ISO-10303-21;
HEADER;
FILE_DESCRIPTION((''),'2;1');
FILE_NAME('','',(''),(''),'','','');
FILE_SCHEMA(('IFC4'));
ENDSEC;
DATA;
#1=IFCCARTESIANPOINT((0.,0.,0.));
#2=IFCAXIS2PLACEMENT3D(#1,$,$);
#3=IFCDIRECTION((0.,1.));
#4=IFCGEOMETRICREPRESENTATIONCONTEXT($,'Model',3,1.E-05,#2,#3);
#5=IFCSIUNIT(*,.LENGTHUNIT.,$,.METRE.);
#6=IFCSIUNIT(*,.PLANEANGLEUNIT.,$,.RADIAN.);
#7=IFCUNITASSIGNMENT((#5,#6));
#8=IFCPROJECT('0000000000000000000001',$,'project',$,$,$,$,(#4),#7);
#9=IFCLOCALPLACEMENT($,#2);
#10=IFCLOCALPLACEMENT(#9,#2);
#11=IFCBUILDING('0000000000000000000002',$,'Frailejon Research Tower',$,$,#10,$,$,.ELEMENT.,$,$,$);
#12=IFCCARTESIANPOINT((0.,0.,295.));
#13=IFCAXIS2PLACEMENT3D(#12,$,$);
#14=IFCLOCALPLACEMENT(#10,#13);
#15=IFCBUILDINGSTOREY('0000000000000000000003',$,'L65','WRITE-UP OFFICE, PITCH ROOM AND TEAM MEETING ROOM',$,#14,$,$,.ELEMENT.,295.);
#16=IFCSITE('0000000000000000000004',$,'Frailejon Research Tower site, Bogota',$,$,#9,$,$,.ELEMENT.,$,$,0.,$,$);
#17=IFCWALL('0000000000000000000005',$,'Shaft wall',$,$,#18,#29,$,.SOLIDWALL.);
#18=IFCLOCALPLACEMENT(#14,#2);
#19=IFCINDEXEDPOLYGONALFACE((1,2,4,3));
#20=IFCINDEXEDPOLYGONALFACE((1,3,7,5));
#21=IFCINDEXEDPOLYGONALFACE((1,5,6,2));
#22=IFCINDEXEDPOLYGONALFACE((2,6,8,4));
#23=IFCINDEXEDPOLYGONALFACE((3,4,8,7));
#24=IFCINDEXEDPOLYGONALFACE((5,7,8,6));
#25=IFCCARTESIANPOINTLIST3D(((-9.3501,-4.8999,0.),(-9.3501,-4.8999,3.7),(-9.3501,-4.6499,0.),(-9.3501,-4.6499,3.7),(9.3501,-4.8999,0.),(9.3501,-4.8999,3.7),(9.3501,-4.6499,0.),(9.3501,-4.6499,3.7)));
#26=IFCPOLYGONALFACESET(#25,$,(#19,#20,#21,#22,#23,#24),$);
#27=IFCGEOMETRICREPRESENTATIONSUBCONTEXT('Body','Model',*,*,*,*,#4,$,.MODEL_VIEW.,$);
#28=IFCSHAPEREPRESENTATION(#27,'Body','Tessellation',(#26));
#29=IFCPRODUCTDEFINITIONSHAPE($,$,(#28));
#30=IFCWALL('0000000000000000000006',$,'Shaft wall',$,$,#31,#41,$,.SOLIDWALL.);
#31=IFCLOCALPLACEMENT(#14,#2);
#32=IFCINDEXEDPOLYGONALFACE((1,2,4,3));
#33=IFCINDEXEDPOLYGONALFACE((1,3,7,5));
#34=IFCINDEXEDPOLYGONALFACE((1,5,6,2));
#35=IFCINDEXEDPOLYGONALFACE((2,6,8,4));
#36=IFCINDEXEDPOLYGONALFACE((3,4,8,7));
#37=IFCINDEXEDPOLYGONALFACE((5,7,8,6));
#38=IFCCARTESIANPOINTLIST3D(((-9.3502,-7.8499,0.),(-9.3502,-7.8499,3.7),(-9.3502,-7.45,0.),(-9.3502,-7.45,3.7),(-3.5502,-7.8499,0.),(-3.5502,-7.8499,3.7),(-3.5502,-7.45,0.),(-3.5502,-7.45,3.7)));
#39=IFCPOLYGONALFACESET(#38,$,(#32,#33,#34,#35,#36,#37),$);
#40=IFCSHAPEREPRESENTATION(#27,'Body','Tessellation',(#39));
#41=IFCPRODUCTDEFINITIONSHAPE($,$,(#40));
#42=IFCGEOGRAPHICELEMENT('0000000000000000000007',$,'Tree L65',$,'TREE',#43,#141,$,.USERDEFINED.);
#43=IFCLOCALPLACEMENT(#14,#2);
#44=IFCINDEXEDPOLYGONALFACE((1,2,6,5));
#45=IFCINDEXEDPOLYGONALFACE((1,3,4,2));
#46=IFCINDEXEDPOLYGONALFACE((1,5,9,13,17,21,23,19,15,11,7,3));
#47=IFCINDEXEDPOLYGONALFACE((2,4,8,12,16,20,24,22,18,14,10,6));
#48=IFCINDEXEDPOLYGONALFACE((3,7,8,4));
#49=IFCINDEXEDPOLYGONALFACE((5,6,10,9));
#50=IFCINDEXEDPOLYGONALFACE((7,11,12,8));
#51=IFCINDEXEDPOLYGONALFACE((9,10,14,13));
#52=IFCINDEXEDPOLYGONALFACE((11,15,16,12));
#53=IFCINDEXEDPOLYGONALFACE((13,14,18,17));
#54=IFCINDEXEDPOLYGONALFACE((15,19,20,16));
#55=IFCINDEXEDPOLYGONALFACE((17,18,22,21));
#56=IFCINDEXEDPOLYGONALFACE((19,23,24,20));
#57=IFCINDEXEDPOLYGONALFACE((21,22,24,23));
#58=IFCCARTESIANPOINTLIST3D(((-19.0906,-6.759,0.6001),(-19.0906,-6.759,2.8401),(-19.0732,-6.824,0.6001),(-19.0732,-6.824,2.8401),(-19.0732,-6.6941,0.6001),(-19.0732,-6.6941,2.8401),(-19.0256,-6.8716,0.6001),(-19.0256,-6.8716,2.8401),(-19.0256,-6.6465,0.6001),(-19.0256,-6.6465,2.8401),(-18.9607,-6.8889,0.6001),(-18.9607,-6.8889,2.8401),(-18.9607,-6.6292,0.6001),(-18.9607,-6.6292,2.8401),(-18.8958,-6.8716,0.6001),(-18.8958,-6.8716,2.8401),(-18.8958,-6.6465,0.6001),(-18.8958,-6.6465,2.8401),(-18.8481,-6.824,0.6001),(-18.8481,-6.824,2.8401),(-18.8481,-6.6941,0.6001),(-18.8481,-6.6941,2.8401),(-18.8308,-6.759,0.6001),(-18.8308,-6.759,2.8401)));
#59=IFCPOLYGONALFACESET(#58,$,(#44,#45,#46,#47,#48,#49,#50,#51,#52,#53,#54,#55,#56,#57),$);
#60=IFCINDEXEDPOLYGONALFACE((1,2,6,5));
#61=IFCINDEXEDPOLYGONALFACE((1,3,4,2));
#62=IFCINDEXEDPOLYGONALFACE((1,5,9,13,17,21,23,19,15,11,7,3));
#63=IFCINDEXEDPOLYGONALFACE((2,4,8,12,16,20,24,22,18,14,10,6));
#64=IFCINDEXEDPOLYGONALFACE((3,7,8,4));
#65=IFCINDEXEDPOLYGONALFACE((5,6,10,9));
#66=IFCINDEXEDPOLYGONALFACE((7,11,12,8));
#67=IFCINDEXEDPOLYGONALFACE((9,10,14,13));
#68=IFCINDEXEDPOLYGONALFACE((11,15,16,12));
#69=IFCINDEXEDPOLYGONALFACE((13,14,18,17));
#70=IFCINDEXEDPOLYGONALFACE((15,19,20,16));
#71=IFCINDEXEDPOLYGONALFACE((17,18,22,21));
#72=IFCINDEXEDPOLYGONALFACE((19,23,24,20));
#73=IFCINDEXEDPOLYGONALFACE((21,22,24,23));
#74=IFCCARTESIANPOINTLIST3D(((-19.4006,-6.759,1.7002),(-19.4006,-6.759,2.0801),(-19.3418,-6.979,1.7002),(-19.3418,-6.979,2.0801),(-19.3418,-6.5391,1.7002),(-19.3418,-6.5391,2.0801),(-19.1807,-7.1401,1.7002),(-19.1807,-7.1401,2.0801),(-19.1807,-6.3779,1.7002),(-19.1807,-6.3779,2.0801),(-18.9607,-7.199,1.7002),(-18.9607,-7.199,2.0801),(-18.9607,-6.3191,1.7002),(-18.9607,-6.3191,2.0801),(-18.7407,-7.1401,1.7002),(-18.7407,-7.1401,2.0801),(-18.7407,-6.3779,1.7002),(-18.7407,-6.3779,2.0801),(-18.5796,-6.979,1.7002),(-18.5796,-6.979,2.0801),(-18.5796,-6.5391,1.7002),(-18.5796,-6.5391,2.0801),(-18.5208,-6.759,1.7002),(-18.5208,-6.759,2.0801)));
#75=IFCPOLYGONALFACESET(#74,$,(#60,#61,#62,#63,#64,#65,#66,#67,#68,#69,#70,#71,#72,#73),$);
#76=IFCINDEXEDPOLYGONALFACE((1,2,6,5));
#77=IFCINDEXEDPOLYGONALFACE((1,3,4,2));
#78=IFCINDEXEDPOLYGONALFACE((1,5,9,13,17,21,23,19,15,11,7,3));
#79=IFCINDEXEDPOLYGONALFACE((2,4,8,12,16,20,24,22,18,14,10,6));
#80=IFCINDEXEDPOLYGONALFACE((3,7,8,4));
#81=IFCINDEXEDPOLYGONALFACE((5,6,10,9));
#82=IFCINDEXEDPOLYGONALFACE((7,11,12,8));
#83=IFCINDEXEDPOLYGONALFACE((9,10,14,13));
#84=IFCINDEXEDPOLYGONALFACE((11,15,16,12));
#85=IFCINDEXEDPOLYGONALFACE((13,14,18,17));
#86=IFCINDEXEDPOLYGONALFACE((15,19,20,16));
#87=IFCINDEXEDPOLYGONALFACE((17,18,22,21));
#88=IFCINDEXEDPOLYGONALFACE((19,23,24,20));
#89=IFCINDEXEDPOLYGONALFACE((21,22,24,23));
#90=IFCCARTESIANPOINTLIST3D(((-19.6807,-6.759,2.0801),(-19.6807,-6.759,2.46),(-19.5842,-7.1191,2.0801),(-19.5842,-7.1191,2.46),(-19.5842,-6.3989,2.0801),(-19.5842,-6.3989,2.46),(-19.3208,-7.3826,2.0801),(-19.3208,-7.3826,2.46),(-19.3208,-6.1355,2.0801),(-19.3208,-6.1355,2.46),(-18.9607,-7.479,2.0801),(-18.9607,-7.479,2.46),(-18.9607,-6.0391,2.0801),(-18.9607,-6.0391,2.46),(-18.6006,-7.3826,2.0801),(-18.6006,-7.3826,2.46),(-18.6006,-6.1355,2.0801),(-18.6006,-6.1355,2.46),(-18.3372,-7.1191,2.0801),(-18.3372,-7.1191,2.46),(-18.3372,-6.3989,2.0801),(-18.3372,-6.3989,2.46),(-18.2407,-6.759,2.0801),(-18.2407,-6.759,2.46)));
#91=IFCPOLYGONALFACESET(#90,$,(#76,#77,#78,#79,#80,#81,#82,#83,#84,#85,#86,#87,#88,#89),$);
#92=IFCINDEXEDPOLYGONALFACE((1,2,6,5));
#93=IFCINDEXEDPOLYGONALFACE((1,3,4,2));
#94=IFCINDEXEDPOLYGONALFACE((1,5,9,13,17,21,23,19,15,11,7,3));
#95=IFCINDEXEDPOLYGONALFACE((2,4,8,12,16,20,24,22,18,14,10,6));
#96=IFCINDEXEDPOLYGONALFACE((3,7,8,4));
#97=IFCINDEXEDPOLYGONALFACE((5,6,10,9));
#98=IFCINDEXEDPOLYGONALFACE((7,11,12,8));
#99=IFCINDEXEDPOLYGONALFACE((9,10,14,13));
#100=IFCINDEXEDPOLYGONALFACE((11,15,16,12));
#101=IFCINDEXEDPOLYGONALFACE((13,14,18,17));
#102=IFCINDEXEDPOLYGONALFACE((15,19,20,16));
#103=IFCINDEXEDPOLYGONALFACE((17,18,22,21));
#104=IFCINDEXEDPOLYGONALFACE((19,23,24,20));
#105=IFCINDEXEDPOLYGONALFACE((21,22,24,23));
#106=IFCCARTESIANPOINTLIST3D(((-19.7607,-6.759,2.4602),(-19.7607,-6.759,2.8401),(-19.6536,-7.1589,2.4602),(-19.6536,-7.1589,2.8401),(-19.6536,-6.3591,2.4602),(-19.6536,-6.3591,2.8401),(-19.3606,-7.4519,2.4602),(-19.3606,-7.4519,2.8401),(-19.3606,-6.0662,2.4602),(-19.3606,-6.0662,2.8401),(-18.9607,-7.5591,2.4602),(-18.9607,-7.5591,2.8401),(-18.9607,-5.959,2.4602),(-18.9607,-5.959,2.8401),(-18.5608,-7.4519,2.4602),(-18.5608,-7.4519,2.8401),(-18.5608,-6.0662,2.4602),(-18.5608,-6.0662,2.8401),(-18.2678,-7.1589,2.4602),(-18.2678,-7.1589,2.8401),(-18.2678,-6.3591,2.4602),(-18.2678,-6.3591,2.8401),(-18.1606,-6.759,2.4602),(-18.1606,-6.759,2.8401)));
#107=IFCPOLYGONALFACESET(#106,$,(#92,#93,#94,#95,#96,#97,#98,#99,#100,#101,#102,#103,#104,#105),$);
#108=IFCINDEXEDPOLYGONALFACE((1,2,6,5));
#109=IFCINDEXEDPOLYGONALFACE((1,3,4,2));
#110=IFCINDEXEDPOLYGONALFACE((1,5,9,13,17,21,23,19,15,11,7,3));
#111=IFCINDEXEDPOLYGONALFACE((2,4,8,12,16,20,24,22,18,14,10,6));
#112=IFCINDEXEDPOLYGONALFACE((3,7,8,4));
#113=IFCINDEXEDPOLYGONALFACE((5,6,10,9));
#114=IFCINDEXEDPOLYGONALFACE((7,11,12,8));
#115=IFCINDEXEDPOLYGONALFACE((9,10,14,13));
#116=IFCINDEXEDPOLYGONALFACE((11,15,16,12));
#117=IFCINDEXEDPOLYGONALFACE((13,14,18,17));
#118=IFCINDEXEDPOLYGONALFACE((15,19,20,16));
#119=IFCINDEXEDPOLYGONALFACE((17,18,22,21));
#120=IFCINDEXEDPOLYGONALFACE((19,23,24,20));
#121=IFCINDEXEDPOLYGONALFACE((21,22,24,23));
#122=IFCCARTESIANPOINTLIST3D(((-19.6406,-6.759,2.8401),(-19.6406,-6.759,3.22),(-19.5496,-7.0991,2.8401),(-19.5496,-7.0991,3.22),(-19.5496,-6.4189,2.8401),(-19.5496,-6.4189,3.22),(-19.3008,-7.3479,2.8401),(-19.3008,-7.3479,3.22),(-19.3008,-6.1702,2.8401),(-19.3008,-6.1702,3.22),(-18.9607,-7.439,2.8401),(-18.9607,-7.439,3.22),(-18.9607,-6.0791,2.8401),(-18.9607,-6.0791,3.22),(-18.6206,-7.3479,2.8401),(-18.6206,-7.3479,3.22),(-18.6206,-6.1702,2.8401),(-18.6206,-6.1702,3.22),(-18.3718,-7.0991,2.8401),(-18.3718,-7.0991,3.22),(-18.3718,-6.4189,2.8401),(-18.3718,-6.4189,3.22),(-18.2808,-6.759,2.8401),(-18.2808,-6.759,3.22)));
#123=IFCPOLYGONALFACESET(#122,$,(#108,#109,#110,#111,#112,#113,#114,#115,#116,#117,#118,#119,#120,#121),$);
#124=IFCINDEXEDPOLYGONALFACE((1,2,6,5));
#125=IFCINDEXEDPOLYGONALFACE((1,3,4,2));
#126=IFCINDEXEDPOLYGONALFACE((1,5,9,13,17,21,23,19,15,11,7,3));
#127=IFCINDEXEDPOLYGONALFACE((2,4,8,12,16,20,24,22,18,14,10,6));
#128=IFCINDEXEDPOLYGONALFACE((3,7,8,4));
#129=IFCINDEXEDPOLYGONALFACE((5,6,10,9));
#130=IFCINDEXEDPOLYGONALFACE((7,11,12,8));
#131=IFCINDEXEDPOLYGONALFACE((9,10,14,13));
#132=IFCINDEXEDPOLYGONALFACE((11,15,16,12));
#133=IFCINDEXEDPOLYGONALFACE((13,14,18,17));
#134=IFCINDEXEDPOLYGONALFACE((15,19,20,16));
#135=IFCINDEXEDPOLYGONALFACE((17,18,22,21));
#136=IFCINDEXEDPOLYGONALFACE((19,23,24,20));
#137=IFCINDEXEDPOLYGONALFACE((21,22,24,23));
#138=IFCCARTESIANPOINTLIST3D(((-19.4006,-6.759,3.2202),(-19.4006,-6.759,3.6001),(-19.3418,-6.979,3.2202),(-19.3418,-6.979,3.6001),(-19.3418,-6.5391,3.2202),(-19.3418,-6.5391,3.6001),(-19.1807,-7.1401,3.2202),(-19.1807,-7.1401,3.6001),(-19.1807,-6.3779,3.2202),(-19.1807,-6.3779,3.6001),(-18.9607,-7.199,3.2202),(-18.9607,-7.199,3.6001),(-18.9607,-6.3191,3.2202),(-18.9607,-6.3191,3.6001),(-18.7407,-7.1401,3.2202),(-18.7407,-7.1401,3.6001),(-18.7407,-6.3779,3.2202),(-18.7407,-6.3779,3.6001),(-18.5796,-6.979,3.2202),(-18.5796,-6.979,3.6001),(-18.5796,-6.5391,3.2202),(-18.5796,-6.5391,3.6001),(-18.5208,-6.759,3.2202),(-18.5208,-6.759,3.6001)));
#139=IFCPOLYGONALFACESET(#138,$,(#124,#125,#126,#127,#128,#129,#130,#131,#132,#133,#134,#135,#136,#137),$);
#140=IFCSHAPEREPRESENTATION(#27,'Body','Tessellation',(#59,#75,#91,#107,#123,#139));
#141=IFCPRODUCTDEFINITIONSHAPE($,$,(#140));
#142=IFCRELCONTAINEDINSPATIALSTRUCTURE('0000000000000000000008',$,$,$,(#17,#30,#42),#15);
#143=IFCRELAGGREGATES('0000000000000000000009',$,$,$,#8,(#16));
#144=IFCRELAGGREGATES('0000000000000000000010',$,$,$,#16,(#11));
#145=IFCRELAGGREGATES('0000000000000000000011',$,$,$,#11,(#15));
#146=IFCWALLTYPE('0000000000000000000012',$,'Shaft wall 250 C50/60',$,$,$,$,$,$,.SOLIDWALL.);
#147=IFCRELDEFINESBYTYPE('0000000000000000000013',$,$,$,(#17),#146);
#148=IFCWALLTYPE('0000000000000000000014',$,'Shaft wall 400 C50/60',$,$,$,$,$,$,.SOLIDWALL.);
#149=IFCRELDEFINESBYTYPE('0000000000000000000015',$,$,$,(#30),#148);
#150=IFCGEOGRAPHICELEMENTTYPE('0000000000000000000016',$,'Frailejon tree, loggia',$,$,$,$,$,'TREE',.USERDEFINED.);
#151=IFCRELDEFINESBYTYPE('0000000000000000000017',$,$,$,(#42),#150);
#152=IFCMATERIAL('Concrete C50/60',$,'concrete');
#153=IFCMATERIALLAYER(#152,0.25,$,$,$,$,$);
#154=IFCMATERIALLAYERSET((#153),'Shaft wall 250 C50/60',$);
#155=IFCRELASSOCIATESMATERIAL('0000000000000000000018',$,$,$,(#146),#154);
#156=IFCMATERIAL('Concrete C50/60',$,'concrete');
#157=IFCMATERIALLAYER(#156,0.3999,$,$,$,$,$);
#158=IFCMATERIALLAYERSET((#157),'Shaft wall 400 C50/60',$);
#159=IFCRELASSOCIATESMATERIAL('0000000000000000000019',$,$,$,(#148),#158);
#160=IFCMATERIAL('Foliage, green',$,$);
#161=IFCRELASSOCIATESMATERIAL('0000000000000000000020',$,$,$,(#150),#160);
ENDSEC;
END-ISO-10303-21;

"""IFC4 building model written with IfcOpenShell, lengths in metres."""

from ifc_helpers import new_model, si_unit, direction, frame, frame_2d, origin, place, context, subcontext, project, spatial, polyline, rectangle, outline, extrude, material, layer, layer_set, type_object, element, save


model = new_model("IFC4")

# Units and contexts
model_context = context("Model", 3, precision=1e-05, world=origin(), true_north=direction((0.0, 1.0)))
body_context = subcontext(model_context, "Body", "Model", "MODEL_VIEW")
ifc_project = project(units=[si_unit("LENGTHUNIT", "METRE"), si_unit("PLANEANGLEUNIT", "RADIAN")], contexts=[model_context])

# Site, building, storey
site_placement = place(None, origin())
site = spatial("IfcSite", under=ifc_project, at=site_placement, Name="Frailejon Research Tower site, Bogota", CompositionType="ELEMENT", RefElevation=0.0)
building_placement = place(site_placement, origin())
building = spatial("IfcBuilding", under=site, at=building_placement, Name="Frailejon Research Tower", CompositionType="ELEMENT")
storey_placement = place(building_placement, frame((0.0, 0.0, 295.0)))
storey = spatial("IfcBuildingStorey", under=building, at=storey_placement, Name="L65", Description="WRITE-UP OFFICE, PITCH ROOM AND TEAM MEETING ROOM", CompositionType="ELEMENT", Elevation=295.0)

# Shared definitions
ifc_material_1 = material(Name="Concrete C50/60", Category="concrete")
ifc_layer_1 = layer(ifc_material_1, 0.25)
ifc_layer_set_1 = layer_set([ifc_layer_1], Name="Shaft wall 250 C50/60")
wall_type_1 = type_object("IfcWallType", Name="Shaft wall 250 C50/60", PredefinedType="SOLIDWALL", material=ifc_layer_set_1)

# Walls
wall_1_placement = place(storey_placement, frame((-9.3501, -4.7749, 0.0), z_axis=(0.0, 0.0, 1.0), x_axis=(1.0, 0.0, 0.0)))
element("IfcWall", 1, at=wall_1_placement, inside=storey, type_object=wall_type_1, Name="Shaft wall", PredefinedType="SOLIDWALL", context=body_context, shape_type="SweptSolid", body=[
    extrude(rectangle(XDim=18.7002, YDim=0.25, at=frame_2d((9.3501, 0.0))), origin(), (0.0, 0.0, 1.0), 3.7),
])
ifc_material_2 = material(Name="Concrete C50/60", Category="concrete")
ifc_layer_2 = layer(ifc_material_2, 0.3999)
ifc_layer_set_2 = layer_set([ifc_layer_2], Name="Shaft wall 400 C50/60")
wall_type_2 = type_object("IfcWallType", Name="Shaft wall 400 C50/60", PredefinedType="SOLIDWALL", material=ifc_layer_set_2)
wall_2_placement = place(storey_placement, frame((-9.3501, -7.6499, 0.0), z_axis=(0.0, 0.0, 1.0), x_axis=(1.0, 0.0, 0.0)))
element("IfcWall", 2, at=wall_2_placement, inside=storey, type_object=wall_type_2, Name="Shaft wall", PredefinedType="SOLIDWALL", context=body_context, shape_type="SweptSolid", body=[
    extrude(rectangle(XDim=5.8, YDim=0.3999, at=frame_2d((2.8999, 0.0))), origin(), (0.0, 0.0, 1.0), 3.7),
])

# Geographic element
ifc_material_3 = material(Name="Foliage, green")
geographic_element_type = type_object("IfcGeographicElementType", Name="Frailejon tree, loggia", ElementType="TREE", PredefinedType="USERDEFINED", material=ifc_material_3)
geographic_element_placement = place(storey_placement, frame((-18.9607, -6.759, 0.6001)))
element("IfcGeographicElement", 3, at=geographic_element_placement, inside=storey, type_object=geographic_element_type, Name="Tree L65", ObjectType="TREE", PredefinedType="USERDEFINED", context=body_context, shape_type="SweptSolid", body=[
    extrude(outline(polyline([(0.1299, 0.0), (0.1125, 0.0649), (0.0649, 0.1125), (0.0, 0.1299), (-0.0649, 0.1125), (-0.1125, 0.0649), (-0.1299, 0.0), (-0.1125, -0.0649), (-0.0649, -0.1125), (0.0, -0.1299), (0.0649, -0.1125), (0.1125, -0.0649), (0.1299, 0.0)])), origin(), (0.0, 0.0, 1.0), 2.24),
    extrude(outline(polyline([(0.4399, 0.0), (0.3811, 0.22), (0.22, 0.3811), (0.0, 0.4399), (-0.22, 0.3811), (-0.3811, 0.22), (-0.4399, 0.0), (-0.3811, -0.22), (-0.22, -0.3811), (0.0, -0.4399), (0.22, -0.3811), (0.3811, -0.22), (0.4399, 0.0)])), frame((0.0, 0.0, 1.1001)), (0.0, 0.0, 1.0), 0.3799),
    extrude(outline(polyline([(0.72, 0.0), (0.6235, 0.3601), (0.3601, 0.6235), (0.0, 0.72), (-0.3601, 0.6235), (-0.6235, 0.3601), (-0.72, 0.0), (-0.6235, -0.3601), (-0.3601, -0.6235), (0.0, -0.72), (0.3601, -0.6235), (0.6235, -0.3601), (0.72, 0.0)])), frame((0.0, 0.0, 1.48)), (0.0, 0.0, 1.0), 0.3799),
    extrude(outline(polyline([(0.8, 0.0), (0.6929, 0.3999), (0.3999, 0.6929), (0.0, 0.8), (-0.3999, 0.6929), (-0.6929, 0.3999), (-0.8, 0.0), (-0.6929, -0.3999), (-0.3999, -0.6929), (0.0, -0.8), (0.3999, -0.6929), (0.6929, -0.3999), (0.8, 0.0)])), frame((0.0, 0.0, 1.8601)), (0.0, 0.0, 1.0), 0.3799),
    extrude(outline(polyline([(0.6799, 0.0), (0.5889, 0.3401), (0.3401, 0.5889), (0.0, 0.6799), (-0.3401, 0.5889), (-0.5889, 0.3401), (-0.6799, 0.0), (-0.5889, -0.3401), (-0.3401, -0.5889), (0.0, -0.6799), (0.3401, -0.5889), (0.5889, -0.3401), (0.6799, 0.0)])), frame((0.0, 0.0, 2.24)), (0.0, 0.0, 1.0), 0.3799),
    extrude(outline(polyline([(0.4399, 0.0), (0.3811, 0.22), (0.22, 0.3811), (0.0, 0.4399), (-0.22, 0.3811), (-0.3811, 0.22), (-0.4399, 0.0), (-0.3811, -0.22), (-0.22, -0.3811), (0.0, -0.4399), (0.22, -0.3811), (0.3811, -0.22), (0.4399, 0.0)])), frame((0.0, 0.0, 2.6201)), (0.0, 0.0, 1.0), 0.3799),
])

save(model, "model.ifc")
